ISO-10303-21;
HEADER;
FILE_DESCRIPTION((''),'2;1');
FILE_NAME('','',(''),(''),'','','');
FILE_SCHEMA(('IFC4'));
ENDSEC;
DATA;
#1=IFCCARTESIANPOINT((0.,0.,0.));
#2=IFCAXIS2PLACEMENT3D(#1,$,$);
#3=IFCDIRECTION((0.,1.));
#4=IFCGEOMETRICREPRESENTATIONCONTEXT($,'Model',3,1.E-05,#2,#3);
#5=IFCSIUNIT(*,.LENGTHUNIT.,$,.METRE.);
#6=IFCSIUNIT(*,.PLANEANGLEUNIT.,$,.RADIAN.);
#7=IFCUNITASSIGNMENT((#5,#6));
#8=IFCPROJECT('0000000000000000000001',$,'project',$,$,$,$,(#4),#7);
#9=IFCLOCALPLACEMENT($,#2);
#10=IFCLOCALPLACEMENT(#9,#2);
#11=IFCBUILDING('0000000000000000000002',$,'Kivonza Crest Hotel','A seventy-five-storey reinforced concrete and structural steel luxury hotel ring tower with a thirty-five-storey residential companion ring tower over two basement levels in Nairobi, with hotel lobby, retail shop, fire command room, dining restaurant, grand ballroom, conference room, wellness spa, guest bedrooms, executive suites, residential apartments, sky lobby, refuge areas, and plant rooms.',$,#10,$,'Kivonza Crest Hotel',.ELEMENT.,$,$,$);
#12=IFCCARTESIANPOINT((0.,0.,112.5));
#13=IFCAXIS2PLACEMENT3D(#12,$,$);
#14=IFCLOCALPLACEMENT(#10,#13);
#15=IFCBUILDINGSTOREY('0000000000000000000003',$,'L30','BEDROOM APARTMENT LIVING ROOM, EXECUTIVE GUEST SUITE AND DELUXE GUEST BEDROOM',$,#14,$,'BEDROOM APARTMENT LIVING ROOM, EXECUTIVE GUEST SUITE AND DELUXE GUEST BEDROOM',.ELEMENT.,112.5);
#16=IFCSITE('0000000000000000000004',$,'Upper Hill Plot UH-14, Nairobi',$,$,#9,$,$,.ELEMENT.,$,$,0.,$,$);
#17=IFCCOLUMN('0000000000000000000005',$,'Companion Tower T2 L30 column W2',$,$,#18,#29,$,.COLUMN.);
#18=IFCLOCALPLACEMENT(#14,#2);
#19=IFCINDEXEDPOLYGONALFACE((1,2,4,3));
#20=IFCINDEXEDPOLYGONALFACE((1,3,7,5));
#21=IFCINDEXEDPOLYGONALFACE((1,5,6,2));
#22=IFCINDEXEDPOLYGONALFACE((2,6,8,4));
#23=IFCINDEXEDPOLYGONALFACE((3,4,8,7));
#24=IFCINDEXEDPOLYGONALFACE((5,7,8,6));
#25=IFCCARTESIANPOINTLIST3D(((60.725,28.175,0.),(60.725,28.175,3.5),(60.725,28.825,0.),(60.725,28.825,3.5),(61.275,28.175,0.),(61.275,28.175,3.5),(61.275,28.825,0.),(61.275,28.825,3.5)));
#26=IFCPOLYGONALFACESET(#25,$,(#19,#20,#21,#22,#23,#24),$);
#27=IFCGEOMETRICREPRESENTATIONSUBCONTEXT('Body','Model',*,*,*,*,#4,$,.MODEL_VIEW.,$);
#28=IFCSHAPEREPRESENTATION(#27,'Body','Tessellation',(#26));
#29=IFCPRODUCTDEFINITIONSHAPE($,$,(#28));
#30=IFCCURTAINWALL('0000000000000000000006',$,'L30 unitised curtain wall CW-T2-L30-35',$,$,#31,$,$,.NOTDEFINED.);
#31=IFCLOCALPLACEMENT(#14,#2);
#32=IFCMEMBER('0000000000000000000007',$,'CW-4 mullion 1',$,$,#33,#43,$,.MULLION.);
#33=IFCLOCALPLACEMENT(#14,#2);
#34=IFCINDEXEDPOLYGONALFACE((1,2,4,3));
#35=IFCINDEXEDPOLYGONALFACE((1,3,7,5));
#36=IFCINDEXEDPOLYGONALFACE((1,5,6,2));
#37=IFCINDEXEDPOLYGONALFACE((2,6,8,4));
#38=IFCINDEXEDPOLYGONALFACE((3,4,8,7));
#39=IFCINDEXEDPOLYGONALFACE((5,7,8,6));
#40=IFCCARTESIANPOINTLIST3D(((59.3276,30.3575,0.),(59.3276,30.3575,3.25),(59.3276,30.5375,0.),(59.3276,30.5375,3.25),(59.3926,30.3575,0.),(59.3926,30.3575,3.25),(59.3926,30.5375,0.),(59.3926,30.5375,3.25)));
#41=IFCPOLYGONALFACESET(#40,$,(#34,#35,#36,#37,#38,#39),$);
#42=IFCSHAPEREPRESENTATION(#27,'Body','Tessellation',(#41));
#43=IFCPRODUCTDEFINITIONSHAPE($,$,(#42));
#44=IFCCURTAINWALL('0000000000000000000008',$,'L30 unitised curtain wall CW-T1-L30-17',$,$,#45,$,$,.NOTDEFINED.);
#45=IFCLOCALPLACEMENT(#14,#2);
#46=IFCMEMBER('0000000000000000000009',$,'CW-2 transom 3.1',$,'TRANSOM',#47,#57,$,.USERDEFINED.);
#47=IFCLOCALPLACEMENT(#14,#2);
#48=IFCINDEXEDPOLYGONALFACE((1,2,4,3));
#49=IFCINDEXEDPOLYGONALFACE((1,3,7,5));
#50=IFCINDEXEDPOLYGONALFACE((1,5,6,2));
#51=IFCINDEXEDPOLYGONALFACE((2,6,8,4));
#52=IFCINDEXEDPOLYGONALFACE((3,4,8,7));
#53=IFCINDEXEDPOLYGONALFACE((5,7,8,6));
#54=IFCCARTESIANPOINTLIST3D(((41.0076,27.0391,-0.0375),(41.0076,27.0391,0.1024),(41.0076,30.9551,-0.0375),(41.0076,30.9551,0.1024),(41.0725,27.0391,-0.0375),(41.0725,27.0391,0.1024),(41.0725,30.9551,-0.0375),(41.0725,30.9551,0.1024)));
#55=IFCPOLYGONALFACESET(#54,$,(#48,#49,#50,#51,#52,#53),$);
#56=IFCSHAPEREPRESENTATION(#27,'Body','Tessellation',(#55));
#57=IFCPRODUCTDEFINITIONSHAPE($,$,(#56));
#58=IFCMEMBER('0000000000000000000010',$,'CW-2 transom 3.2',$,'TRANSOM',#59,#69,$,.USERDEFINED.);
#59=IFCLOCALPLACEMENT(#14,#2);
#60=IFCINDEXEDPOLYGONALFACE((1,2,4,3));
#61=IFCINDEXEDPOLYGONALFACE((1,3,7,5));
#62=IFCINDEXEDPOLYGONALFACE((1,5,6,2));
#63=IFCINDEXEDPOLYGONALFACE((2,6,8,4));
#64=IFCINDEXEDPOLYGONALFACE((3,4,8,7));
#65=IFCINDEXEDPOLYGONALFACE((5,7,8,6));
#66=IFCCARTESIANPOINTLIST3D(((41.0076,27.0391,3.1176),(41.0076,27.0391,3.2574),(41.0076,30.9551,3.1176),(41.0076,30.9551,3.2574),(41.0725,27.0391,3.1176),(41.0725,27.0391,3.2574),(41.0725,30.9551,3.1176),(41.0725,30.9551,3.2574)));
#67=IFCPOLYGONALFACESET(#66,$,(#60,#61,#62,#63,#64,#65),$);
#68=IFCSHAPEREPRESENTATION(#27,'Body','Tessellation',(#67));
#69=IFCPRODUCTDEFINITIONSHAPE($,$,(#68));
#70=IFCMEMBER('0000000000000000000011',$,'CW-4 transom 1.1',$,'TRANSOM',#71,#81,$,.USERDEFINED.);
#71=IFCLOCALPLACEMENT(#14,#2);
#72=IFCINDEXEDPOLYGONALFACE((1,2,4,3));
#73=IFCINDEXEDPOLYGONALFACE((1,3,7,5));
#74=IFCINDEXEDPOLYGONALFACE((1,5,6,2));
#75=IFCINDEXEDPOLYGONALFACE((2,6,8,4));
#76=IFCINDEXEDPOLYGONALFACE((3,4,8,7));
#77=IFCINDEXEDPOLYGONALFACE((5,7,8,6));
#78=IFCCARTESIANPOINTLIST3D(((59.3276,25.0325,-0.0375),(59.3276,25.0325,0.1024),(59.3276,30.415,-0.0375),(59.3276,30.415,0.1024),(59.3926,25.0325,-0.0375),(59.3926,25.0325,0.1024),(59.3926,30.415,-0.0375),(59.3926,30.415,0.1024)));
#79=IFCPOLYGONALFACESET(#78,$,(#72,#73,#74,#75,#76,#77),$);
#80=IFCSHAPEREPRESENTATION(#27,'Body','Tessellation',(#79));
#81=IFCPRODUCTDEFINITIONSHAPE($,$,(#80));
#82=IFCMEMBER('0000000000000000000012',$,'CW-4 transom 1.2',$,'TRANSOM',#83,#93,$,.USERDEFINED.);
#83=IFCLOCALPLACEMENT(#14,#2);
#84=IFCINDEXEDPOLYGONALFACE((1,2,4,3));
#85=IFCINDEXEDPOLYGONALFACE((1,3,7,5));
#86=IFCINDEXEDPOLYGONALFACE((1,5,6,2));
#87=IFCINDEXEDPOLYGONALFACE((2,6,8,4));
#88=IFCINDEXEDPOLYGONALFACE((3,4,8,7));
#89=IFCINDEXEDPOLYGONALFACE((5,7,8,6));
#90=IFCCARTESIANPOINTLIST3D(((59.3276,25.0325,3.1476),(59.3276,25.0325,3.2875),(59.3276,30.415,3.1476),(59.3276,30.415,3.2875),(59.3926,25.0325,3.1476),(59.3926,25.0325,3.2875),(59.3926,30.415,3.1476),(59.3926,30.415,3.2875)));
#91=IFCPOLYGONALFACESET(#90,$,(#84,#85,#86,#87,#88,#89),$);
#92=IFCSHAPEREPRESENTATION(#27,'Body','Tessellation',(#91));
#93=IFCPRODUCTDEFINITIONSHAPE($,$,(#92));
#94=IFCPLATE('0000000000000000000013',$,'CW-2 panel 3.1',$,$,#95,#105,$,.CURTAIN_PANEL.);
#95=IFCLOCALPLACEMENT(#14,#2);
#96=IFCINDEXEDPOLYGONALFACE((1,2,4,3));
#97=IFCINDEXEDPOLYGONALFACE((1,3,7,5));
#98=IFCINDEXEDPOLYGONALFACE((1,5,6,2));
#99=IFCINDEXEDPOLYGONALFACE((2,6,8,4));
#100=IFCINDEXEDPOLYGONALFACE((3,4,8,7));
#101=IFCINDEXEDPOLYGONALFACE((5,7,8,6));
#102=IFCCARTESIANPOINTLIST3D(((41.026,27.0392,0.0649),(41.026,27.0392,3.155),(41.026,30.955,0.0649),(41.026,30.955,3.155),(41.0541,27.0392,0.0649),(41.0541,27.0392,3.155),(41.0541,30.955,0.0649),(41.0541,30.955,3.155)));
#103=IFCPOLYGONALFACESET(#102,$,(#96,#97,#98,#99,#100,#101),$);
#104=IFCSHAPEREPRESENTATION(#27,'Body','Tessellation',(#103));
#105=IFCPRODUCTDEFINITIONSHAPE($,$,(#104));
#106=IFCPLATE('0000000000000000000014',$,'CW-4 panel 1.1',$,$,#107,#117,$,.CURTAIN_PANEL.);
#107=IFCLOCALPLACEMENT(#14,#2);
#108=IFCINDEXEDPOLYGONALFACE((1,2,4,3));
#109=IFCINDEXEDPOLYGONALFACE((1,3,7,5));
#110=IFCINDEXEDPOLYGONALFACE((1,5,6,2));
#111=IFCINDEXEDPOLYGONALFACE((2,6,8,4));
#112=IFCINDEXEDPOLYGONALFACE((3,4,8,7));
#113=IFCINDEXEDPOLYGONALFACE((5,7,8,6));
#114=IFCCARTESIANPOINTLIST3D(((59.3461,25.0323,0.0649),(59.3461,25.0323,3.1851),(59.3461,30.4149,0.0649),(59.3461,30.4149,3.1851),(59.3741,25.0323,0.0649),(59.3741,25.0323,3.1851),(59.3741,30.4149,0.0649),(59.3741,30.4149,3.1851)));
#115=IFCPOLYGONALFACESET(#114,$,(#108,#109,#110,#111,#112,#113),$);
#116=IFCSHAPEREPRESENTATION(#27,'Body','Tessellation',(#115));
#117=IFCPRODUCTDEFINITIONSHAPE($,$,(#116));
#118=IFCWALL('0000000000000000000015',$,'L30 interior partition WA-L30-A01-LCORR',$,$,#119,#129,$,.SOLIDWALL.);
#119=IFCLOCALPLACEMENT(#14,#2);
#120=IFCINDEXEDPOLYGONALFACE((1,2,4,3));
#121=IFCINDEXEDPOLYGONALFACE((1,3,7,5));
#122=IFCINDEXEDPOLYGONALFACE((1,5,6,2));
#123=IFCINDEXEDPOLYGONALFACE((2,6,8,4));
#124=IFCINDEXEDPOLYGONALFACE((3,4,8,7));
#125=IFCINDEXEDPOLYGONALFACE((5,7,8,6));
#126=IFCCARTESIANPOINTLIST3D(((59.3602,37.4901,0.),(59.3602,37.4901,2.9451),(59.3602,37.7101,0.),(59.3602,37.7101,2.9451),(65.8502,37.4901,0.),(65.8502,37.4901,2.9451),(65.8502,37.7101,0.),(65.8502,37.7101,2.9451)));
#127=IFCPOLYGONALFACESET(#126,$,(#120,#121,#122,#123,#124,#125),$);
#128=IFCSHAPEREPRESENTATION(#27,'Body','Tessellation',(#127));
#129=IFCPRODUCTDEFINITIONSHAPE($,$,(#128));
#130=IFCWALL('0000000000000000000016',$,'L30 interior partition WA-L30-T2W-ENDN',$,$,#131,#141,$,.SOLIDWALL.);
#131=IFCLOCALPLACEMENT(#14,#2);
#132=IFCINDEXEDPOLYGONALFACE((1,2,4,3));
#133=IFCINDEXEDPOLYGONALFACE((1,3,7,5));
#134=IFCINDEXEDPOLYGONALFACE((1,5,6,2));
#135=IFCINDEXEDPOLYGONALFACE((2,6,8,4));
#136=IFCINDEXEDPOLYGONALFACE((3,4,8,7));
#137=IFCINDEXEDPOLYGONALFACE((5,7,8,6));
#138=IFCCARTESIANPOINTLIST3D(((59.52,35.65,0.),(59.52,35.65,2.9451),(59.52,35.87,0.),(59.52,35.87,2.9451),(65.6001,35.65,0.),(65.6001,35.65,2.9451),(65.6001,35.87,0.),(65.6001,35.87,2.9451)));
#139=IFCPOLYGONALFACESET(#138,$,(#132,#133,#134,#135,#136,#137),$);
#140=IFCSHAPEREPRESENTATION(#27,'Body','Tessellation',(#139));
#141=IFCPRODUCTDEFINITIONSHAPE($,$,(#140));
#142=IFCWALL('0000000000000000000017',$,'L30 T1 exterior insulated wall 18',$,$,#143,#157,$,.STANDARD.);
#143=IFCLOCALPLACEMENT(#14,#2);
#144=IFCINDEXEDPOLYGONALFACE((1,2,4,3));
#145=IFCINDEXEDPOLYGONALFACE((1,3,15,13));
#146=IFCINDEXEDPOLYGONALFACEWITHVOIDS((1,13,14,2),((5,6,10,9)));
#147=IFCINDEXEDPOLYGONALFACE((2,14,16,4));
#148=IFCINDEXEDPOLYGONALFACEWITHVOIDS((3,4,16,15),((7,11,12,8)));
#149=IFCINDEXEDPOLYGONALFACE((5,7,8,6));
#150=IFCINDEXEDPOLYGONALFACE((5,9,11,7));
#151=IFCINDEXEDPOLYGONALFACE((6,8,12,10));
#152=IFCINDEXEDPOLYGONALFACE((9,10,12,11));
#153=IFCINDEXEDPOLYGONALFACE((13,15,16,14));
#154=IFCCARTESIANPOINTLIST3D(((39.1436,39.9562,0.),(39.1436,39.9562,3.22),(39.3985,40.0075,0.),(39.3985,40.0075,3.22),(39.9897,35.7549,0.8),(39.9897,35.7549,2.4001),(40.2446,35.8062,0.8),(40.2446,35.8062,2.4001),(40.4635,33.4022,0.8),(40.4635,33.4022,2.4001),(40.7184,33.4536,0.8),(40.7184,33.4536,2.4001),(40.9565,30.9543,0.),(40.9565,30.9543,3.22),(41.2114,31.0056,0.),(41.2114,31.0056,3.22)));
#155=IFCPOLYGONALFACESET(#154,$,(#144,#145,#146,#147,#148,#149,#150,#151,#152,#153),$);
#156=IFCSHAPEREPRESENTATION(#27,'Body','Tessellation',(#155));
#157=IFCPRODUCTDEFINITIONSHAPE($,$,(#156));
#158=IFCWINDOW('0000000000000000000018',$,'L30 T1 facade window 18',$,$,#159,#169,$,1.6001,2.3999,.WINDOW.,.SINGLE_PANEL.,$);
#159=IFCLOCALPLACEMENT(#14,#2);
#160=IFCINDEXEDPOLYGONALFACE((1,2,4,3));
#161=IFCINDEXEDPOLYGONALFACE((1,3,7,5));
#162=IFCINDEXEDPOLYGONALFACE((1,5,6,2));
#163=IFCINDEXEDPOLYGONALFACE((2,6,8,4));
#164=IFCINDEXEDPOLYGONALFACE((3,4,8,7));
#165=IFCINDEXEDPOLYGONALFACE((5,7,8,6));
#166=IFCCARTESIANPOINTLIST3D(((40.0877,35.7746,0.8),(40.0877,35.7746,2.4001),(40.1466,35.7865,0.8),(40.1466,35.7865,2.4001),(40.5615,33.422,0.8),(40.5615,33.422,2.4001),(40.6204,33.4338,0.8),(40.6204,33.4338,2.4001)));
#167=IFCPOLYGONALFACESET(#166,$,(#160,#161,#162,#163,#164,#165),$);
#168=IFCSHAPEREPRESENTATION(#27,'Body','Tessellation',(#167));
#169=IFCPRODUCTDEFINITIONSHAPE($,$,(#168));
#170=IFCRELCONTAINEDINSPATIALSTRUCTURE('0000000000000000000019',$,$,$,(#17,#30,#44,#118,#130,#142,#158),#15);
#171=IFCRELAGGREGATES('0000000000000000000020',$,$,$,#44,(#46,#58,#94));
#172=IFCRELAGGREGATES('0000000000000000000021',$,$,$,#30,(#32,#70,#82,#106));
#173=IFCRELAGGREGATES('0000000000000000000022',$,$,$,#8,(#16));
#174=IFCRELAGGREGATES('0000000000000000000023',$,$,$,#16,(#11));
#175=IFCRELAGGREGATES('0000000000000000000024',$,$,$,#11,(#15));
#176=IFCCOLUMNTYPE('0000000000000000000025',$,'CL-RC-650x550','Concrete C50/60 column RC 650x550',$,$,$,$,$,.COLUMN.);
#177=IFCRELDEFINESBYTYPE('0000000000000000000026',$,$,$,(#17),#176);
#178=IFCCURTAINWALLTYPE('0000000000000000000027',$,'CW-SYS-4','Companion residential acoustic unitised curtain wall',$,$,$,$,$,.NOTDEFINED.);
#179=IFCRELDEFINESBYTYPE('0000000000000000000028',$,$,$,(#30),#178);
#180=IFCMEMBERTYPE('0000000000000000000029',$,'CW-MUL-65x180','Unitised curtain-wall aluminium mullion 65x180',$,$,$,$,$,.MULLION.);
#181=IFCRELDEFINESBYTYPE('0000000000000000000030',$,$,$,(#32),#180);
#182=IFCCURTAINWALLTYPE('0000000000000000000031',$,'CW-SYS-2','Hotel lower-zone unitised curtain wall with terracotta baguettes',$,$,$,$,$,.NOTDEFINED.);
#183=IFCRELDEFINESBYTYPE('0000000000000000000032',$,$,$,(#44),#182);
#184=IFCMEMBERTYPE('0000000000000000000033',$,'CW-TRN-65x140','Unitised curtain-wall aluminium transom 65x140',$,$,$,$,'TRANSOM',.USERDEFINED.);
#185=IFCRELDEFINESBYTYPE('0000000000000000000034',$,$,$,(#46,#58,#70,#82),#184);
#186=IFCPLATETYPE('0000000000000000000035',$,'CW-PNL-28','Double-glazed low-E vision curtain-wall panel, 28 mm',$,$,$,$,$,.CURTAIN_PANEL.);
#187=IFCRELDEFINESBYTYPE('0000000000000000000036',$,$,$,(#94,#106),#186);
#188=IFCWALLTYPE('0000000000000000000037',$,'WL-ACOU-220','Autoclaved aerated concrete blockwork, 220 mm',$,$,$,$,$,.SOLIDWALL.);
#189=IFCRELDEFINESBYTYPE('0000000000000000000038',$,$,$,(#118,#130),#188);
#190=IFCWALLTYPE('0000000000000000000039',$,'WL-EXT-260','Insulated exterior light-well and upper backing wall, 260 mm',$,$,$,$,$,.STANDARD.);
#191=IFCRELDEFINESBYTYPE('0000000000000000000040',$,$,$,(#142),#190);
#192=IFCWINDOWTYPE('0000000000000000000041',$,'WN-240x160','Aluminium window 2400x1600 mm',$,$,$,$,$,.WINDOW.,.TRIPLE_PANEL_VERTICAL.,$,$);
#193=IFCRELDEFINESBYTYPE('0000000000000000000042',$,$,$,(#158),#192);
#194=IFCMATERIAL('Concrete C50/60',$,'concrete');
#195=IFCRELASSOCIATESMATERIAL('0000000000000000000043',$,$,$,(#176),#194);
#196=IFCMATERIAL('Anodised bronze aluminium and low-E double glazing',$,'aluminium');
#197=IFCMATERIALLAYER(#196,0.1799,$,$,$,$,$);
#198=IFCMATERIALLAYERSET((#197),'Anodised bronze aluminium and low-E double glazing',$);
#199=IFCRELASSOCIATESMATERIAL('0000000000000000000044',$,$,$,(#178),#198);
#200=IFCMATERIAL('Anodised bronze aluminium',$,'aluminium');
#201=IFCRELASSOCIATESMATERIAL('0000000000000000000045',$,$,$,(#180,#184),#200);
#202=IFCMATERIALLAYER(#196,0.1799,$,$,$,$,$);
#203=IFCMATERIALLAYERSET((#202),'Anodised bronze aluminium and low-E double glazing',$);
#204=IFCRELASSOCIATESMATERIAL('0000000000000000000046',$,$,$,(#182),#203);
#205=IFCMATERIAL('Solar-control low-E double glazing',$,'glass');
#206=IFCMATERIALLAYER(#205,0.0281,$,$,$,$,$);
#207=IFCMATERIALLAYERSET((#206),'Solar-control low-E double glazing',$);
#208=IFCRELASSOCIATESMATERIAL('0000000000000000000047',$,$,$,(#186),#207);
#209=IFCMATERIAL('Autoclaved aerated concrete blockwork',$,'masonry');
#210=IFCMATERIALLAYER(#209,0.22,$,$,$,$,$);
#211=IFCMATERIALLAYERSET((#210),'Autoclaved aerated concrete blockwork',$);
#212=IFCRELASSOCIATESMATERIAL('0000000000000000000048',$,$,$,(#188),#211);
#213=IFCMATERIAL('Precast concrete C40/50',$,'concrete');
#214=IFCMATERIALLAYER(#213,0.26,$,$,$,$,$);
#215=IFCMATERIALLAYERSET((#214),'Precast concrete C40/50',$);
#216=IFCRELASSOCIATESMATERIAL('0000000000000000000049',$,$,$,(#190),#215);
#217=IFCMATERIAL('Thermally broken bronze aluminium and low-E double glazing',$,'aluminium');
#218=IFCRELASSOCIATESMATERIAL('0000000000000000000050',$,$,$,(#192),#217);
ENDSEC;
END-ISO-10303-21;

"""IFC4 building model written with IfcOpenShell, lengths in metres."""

from ifc_helpers import new_model, si_unit, direction, frame, frame_2d, origin, origin_2d, place, context, subcontext, project, spatial, rectangle, extrude, material, layer, layer_set, material_profile, profile_set, type_object, element, fill, aggregate, save


model = new_model("IFC4")

# Units and contexts
model_context = context("Model", 3, precision=1e-05, world=origin(), true_north=direction((0.0, 1.0)))
body_context = subcontext(model_context, "Body", "Model", "MODEL_VIEW")
ifc_project = project(units=[si_unit("LENGTHUNIT", "METRE"), si_unit("PLANEANGLEUNIT", "RADIAN")], contexts=[model_context])

# Site, building, storey
site_placement = place(None, origin())
site = spatial("IfcSite", under=ifc_project, at=site_placement, Name="Upper Hill Plot UH-14, Nairobi", CompositionType="ELEMENT", RefElevation=0.0)
building_placement = place(site_placement, origin())
building = spatial("IfcBuilding", under=site, at=building_placement, Name="Kivonza Crest Hotel", Description="A seventy-five-storey reinforced concrete and structural steel luxury hotel ring tower with a thirty-five-storey residential companion ring tower over two basement levels in Nairobi, with hotel lobby, retail shop, fire command room, dining restaurant, grand ballroom, conference room, wellness spa, guest bedrooms, executive suites, residential apartments, sky lobby, refuge areas, and plant rooms.", LongName="Kivonza Crest Hotel", CompositionType="ELEMENT")
storey_placement = place(building_placement, frame((0.0, 0.0, 112.5)))
storey = spatial("IfcBuildingStorey", under=building, at=storey_placement, Name="L30", Description="BEDROOM APARTMENT LIVING ROOM, EXECUTIVE GUEST SUITE AND DELUXE GUEST BEDROOM", LongName="BEDROOM APARTMENT LIVING ROOM, EXECUTIVE GUEST SUITE AND DELUXE GUEST BEDROOM", CompositionType="ELEMENT", Elevation=112.5)

# Column
ifc_material_1 = material(Name="Concrete C50/60", Category="concrete")
ifc_material_profile_1 = material_profile(ifc_material_1, rectangle(XDim=0.55, YDim=0.6499, at=origin_2d()), Name="RC 650x550")
ifc_profile_set_1 = profile_set([ifc_material_profile_1], Name="Concrete C50/60")
column_type = type_object("IfcColumnType", Name="CL-RC-650x550", Description="Concrete C50/60 column RC 650x550", PredefinedType="COLUMN", material=ifc_profile_set_1)
column_placement = place(storey_placement, frame((61.0, 28.5, 0.0), z_axis=(0.0, 0.0, 1.0), x_axis=(1.0, 0.0, 0.0)))
element("IfcColumn", 1, at=column_placement, inside=storey, type_object=column_type, Name="Companion Tower T2 L30 column W2", PredefinedType="COLUMN", context=body_context, shape_type="SweptSolid", body=[
    extrude(rectangle(XDim=0.55, YDim=0.6499, at=origin_2d()), origin(), (0.0, 0.0, 1.0), 3.5),
])

# Curtain wall, member
ifc_material_2 = material(Name="Anodised bronze aluminium and low-E double glazing", Category="aluminium")
ifc_layer_1 = layer(ifc_material_2, 0.1799)
ifc_layer_set_1 = layer_set([ifc_layer_1], Name="Anodised bronze aluminium and low-E double glazing")
curtain_wall_type_1 = type_object("IfcCurtainWallType", Name="CW-SYS-4", Description="Companion residential acoustic unitised curtain wall", PredefinedType="NOTDEFINED", material=ifc_layer_set_1)
curtain_wall_1_placement = place(storey_placement, origin())
curtain_wall_1 = element("IfcCurtainWall", 2, at=curtain_wall_1_placement, inside=storey, type_object=curtain_wall_type_1, Name="L30 unitised curtain wall CW-T2-L30-35", PredefinedType="NOTDEFINED")
ifc_material_3 = material(Name="Anodised bronze aluminium", Category="aluminium")
ifc_material_profile_2 = material_profile(ifc_material_3, rectangle(XDim=0.0649, YDim=0.1799, at=origin_2d()), Name="CW-M 65x180")
ifc_profile_set_2 = profile_set([ifc_material_profile_2], Name="Anodised bronze aluminium")
member_type_1 = type_object("IfcMemberType", Name="CW-MUL-65x180", Description="Unitised curtain-wall aluminium mullion 65x180", PredefinedType="MULLION", material=ifc_profile_set_2)
member_1_placement = place(storey_placement, frame((59.3601, 30.4475, 0.0), z_axis=(0.0, 0.0, 1.0), x_axis=(1.0, 0.0, 0.0)))
member_1 = element("IfcMember", 3, at=member_1_placement, type_object=member_type_1, Name="CW-4 mullion 1", PredefinedType="MULLION", context=body_context, shape_type="SweptSolid", body=[
    extrude(rectangle(XDim=0.0649, YDim=0.1799, at=origin_2d()), origin(), (0.0, 0.0, 1.0), 3.25),
])

# Curtain wall, members
ifc_layer_2 = layer(ifc_material_2, 0.1799)
ifc_layer_set_2 = layer_set([ifc_layer_2], Name="Anodised bronze aluminium and low-E double glazing")
curtain_wall_type_2 = type_object("IfcCurtainWallType", Name="CW-SYS-2", Description="Hotel lower-zone unitised curtain wall with terracotta baguettes", PredefinedType="NOTDEFINED", material=ifc_layer_set_2)
curtain_wall_2_placement = place(storey_placement, origin())
curtain_wall_2 = element("IfcCurtainWall", 4, at=curtain_wall_2_placement, inside=storey, type_object=curtain_wall_type_2, Name="L30 unitised curtain wall CW-T1-L30-17", PredefinedType="NOTDEFINED")
ifc_material_profile_3 = material_profile(ifc_material_3, rectangle(XDim=0.0649, YDim=0.1399, at=origin_2d()), Name="CW-T 65x140")
ifc_profile_set_3 = profile_set([ifc_material_profile_3], Name="Anodised bronze aluminium")
member_type_2 = type_object("IfcMemberType", Name="CW-TRN-65x140", Description="Unitised curtain-wall aluminium transom 65x140", ElementType="TRANSOM", PredefinedType="USERDEFINED", material=ifc_profile_set_3)
member_2_placement = place(storey_placement, frame((41.04, 27.0391, 0.0325), z_axis=(0.0, 1.0, 0.0), x_axis=(-1.0, 0.0, 0.0)))
member_2 = element("IfcMember", 5, at=member_2_placement, type_object=member_type_2, Name="CW-2 transom 3.1", ObjectType="TRANSOM", PredefinedType="USERDEFINED", context=body_context, shape_type="SweptSolid", body=[
    extrude(rectangle(XDim=0.0649, YDim=0.1399, at=origin_2d()), origin(), (0.0, 0.0, 1.0), 3.916),
])
member_3_placement = place(storey_placement, frame((41.04, 27.0391, 3.1875), z_axis=(0.0, 1.0, 0.0), x_axis=(-1.0, 0.0, 0.0)))
member_3 = element("IfcMember", 6, at=member_3_placement, type_object=member_type_2, Name="CW-2 transom 3.2", ObjectType="TRANSOM", PredefinedType="USERDEFINED", context=body_context, shape_type="SweptSolid", body=[
    extrude(rectangle(XDim=0.0649, YDim=0.1399, at=origin_2d()), origin(), (0.0, 0.0, 1.0), 3.916),
])

# Members
member_4_placement = place(storey_placement, frame((59.3601, 30.415, 0.0325), z_axis=(0.0, -1.0, 0.0), x_axis=(1.0, 0.0, 0.0)))
member_4 = element("IfcMember", 7, at=member_4_placement, type_object=member_type_2, Name="CW-4 transom 1.1", ObjectType="TRANSOM", PredefinedType="USERDEFINED", context=body_context, shape_type="SweptSolid", body=[
    extrude(rectangle(XDim=0.0649, YDim=0.1399, at=origin_2d()), origin(), (0.0, 0.0, 1.0), 5.3826),
])
member_5_placement = place(storey_placement, frame((59.3601, 30.415, 3.2175), z_axis=(0.0, -1.0, 0.0), x_axis=(1.0, 0.0, 0.0)))
member_5 = element("IfcMember", 8, at=member_5_placement, type_object=member_type_2, Name="CW-4 transom 1.2", ObjectType="TRANSOM", PredefinedType="USERDEFINED", context=body_context, shape_type="SweptSolid", body=[
    extrude(rectangle(XDim=0.0649, YDim=0.1399, at=origin_2d()), origin(), (0.0, 0.0, 1.0), 5.3826),
])

# Plates
ifc_material_4 = material(Name="Solar-control low-E double glazing", Category="glass")
ifc_layer_3 = layer(ifc_material_4, 0.0281)
ifc_layer_set_3 = layer_set([ifc_layer_3], Name="Solar-control low-E double glazing")
plate_type = type_object("IfcPlateType", Name="CW-PNL-28", Description="Double-glazed low-E vision curtain-wall panel, 28 mm", PredefinedType="CURTAIN_PANEL", material=ifc_layer_set_3)
plate_1_placement = place(storey_placement, frame((41.04, 28.9971, 0.0649), z_axis=(0.0, 0.0, 1.0), x_axis=(0.0, 1.0, 0.0)))
plate_1 = element("IfcPlate", 9, at=plate_1_placement, type_object=plate_type, Name="CW-2 panel 3.1", PredefinedType="CURTAIN_PANEL", context=body_context, shape_type="SweptSolid", body=[
    extrude(rectangle(XDim=3.9158, YDim=0.0281, at=origin_2d()), origin(), (0.0, 0.0, 1.0), 3.0901),
])
aggregate(curtain_wall_2, [member_2, member_3, plate_1])
plate_2_placement = place(storey_placement, frame((59.3601, 27.7236, 0.0649), z_axis=(0.0, 0.0, 1.0), x_axis=(0.0, -1.0, 0.0)))
plate_2 = element("IfcPlate", 10, at=plate_2_placement, type_object=plate_type, Name="CW-4 panel 1.1", PredefinedType="CURTAIN_PANEL", context=body_context, shape_type="SweptSolid", body=[
    extrude(rectangle(XDim=5.3826, YDim=0.0281, at=origin_2d()), origin(), (0.0, 0.0, 1.0), 3.1201),
])
aggregate(curtain_wall_1, [member_1, member_4, member_5, plate_2])

# Walls
ifc_material_5 = material(Name="Autoclaved aerated concrete blockwork", Category="masonry")
ifc_layer_4 = layer(ifc_material_5, 0.22)
ifc_layer_set_4 = layer_set([ifc_layer_4], Name="Autoclaved aerated concrete blockwork")
wall_type_1 = type_object("IfcWallType", Name="WL-ACOU-220", Description="Autoclaved aerated concrete blockwork, 220 mm", PredefinedType="SOLIDWALL", material=ifc_layer_set_4)
wall_1_placement = place(storey_placement, frame((59.3601, 37.6001, 0.0), z_axis=(0.0, 0.0, 1.0), x_axis=(1.0, 0.0, 0.0)))
element("IfcWall", 11, at=wall_1_placement, inside=storey, type_object=wall_type_1, Name="L30 interior partition WA-L30-A01-LCORR", PredefinedType="SOLIDWALL", context=body_context, shape_type="SweptSolid", body=[
    extrude(rectangle(XDim=6.49, YDim=0.22, at=frame_2d((3.2451, 0.0))), origin(), (0.0, 0.0, 1.0), 2.9451),
])
wall_2_placement = place(storey_placement, frame((59.52, 35.76, 0.0), z_axis=(0.0, 0.0, 1.0), x_axis=(1.0, 0.0, 0.0)))
element("IfcWall", 12, at=wall_2_placement, inside=storey, type_object=wall_type_1, Name="L30 interior partition WA-L30-T2W-ENDN", PredefinedType="SOLIDWALL", context=body_context, shape_type="SweptSolid", body=[
    extrude(rectangle(XDim=6.0801, YDim=0.22, at=frame_2d((3.04, 0.0))), origin(), (0.0, 0.0, 1.0), 2.9451),
])

# Wall, opening, window
ifc_material_6 = material(Name="Precast concrete C40/50", Category="concrete")
ifc_layer_5 = layer(ifc_material_6, 0.26)
ifc_layer_set_5 = layer_set([ifc_layer_5], Name="Precast concrete C40/50")
wall_type_2 = type_object("IfcWallType", Name="WL-EXT-260", Description="Insulated exterior light-well and upper backing wall, 260 mm", PredefinedType="STANDARD", material=ifc_layer_set_5)
wall_3_placement = place(storey_placement, frame((41.084, 30.98, 0.0), z_axis=(0.0, 0.0, 1.0), x_axis=(-0.197435, 0.980316, 0.0)))
wall_3 = element("IfcWall", 13, at=wall_3_placement, inside=storey, type_object=wall_type_2, Name="L30 T1 exterior insulated wall 18", PredefinedType="STANDARD", context=body_context, shape_type="SweptSolid", body=[
    extrude(rectangle(XDim=9.1826, YDim=0.26, at=frame_2d((4.5913, 0.0))), origin(), (0.0, 0.0, 1.0), 3.22),
])
opening_1_placement = place(wall_3_placement, frame((2.4971, 0.0, 0.8)))
opening_1 = element("IfcOpeningElement", 14, at=opening_1_placement, cuts=wall_3, PredefinedType="OPENING", context=body_context, shape_type="SweptSolid", body=[
    extrude(rectangle(XDim=2.3999, YDim=1.6001, at=frame_2d((1.2, 0.8))), frame((0.0, 0.1401, 0.0), z_axis=(0.0, -1.0, 0.0), x_axis=(1.0, 0.0, 0.0)), (0.0, 0.0, 1.0), 0.28),
])
ifc_material_7 = material(Name="Thermally broken bronze aluminium and low-E double glazing", Category="aluminium")
window_type = type_object("IfcWindowType", Name="WN-240x160", Description="Aluminium window 2400x1600 mm", PartitioningType="TRIPLE_PANEL_VERTICAL", PredefinedType="WINDOW", material=ifc_material_7)
window_1_placement = place(opening_1_placement, origin())
window_1 = element("IfcWindow", 15, at=window_1_placement, inside=storey, type_object=window_type, Name="L30 T1 facade window 18", OverallHeight=1.6001, OverallWidth=2.3999, PartitioningType="SINGLE_PANEL", PredefinedType="WINDOW", context=body_context, shape_type="SweptSolid", body=[
    extrude(rectangle(XDim=2.3999, YDim=1.6001, at=frame_2d((1.2, 0.8))), frame((0.0, 0.03, 0.0), z_axis=(0.0, -1.0, 0.0), x_axis=(1.0, 0.0, 0.0)), (0.0, 0.0, 1.0), 0.0601),
])
fill(opening_1, window_1)

save(model, "model.ifc")
